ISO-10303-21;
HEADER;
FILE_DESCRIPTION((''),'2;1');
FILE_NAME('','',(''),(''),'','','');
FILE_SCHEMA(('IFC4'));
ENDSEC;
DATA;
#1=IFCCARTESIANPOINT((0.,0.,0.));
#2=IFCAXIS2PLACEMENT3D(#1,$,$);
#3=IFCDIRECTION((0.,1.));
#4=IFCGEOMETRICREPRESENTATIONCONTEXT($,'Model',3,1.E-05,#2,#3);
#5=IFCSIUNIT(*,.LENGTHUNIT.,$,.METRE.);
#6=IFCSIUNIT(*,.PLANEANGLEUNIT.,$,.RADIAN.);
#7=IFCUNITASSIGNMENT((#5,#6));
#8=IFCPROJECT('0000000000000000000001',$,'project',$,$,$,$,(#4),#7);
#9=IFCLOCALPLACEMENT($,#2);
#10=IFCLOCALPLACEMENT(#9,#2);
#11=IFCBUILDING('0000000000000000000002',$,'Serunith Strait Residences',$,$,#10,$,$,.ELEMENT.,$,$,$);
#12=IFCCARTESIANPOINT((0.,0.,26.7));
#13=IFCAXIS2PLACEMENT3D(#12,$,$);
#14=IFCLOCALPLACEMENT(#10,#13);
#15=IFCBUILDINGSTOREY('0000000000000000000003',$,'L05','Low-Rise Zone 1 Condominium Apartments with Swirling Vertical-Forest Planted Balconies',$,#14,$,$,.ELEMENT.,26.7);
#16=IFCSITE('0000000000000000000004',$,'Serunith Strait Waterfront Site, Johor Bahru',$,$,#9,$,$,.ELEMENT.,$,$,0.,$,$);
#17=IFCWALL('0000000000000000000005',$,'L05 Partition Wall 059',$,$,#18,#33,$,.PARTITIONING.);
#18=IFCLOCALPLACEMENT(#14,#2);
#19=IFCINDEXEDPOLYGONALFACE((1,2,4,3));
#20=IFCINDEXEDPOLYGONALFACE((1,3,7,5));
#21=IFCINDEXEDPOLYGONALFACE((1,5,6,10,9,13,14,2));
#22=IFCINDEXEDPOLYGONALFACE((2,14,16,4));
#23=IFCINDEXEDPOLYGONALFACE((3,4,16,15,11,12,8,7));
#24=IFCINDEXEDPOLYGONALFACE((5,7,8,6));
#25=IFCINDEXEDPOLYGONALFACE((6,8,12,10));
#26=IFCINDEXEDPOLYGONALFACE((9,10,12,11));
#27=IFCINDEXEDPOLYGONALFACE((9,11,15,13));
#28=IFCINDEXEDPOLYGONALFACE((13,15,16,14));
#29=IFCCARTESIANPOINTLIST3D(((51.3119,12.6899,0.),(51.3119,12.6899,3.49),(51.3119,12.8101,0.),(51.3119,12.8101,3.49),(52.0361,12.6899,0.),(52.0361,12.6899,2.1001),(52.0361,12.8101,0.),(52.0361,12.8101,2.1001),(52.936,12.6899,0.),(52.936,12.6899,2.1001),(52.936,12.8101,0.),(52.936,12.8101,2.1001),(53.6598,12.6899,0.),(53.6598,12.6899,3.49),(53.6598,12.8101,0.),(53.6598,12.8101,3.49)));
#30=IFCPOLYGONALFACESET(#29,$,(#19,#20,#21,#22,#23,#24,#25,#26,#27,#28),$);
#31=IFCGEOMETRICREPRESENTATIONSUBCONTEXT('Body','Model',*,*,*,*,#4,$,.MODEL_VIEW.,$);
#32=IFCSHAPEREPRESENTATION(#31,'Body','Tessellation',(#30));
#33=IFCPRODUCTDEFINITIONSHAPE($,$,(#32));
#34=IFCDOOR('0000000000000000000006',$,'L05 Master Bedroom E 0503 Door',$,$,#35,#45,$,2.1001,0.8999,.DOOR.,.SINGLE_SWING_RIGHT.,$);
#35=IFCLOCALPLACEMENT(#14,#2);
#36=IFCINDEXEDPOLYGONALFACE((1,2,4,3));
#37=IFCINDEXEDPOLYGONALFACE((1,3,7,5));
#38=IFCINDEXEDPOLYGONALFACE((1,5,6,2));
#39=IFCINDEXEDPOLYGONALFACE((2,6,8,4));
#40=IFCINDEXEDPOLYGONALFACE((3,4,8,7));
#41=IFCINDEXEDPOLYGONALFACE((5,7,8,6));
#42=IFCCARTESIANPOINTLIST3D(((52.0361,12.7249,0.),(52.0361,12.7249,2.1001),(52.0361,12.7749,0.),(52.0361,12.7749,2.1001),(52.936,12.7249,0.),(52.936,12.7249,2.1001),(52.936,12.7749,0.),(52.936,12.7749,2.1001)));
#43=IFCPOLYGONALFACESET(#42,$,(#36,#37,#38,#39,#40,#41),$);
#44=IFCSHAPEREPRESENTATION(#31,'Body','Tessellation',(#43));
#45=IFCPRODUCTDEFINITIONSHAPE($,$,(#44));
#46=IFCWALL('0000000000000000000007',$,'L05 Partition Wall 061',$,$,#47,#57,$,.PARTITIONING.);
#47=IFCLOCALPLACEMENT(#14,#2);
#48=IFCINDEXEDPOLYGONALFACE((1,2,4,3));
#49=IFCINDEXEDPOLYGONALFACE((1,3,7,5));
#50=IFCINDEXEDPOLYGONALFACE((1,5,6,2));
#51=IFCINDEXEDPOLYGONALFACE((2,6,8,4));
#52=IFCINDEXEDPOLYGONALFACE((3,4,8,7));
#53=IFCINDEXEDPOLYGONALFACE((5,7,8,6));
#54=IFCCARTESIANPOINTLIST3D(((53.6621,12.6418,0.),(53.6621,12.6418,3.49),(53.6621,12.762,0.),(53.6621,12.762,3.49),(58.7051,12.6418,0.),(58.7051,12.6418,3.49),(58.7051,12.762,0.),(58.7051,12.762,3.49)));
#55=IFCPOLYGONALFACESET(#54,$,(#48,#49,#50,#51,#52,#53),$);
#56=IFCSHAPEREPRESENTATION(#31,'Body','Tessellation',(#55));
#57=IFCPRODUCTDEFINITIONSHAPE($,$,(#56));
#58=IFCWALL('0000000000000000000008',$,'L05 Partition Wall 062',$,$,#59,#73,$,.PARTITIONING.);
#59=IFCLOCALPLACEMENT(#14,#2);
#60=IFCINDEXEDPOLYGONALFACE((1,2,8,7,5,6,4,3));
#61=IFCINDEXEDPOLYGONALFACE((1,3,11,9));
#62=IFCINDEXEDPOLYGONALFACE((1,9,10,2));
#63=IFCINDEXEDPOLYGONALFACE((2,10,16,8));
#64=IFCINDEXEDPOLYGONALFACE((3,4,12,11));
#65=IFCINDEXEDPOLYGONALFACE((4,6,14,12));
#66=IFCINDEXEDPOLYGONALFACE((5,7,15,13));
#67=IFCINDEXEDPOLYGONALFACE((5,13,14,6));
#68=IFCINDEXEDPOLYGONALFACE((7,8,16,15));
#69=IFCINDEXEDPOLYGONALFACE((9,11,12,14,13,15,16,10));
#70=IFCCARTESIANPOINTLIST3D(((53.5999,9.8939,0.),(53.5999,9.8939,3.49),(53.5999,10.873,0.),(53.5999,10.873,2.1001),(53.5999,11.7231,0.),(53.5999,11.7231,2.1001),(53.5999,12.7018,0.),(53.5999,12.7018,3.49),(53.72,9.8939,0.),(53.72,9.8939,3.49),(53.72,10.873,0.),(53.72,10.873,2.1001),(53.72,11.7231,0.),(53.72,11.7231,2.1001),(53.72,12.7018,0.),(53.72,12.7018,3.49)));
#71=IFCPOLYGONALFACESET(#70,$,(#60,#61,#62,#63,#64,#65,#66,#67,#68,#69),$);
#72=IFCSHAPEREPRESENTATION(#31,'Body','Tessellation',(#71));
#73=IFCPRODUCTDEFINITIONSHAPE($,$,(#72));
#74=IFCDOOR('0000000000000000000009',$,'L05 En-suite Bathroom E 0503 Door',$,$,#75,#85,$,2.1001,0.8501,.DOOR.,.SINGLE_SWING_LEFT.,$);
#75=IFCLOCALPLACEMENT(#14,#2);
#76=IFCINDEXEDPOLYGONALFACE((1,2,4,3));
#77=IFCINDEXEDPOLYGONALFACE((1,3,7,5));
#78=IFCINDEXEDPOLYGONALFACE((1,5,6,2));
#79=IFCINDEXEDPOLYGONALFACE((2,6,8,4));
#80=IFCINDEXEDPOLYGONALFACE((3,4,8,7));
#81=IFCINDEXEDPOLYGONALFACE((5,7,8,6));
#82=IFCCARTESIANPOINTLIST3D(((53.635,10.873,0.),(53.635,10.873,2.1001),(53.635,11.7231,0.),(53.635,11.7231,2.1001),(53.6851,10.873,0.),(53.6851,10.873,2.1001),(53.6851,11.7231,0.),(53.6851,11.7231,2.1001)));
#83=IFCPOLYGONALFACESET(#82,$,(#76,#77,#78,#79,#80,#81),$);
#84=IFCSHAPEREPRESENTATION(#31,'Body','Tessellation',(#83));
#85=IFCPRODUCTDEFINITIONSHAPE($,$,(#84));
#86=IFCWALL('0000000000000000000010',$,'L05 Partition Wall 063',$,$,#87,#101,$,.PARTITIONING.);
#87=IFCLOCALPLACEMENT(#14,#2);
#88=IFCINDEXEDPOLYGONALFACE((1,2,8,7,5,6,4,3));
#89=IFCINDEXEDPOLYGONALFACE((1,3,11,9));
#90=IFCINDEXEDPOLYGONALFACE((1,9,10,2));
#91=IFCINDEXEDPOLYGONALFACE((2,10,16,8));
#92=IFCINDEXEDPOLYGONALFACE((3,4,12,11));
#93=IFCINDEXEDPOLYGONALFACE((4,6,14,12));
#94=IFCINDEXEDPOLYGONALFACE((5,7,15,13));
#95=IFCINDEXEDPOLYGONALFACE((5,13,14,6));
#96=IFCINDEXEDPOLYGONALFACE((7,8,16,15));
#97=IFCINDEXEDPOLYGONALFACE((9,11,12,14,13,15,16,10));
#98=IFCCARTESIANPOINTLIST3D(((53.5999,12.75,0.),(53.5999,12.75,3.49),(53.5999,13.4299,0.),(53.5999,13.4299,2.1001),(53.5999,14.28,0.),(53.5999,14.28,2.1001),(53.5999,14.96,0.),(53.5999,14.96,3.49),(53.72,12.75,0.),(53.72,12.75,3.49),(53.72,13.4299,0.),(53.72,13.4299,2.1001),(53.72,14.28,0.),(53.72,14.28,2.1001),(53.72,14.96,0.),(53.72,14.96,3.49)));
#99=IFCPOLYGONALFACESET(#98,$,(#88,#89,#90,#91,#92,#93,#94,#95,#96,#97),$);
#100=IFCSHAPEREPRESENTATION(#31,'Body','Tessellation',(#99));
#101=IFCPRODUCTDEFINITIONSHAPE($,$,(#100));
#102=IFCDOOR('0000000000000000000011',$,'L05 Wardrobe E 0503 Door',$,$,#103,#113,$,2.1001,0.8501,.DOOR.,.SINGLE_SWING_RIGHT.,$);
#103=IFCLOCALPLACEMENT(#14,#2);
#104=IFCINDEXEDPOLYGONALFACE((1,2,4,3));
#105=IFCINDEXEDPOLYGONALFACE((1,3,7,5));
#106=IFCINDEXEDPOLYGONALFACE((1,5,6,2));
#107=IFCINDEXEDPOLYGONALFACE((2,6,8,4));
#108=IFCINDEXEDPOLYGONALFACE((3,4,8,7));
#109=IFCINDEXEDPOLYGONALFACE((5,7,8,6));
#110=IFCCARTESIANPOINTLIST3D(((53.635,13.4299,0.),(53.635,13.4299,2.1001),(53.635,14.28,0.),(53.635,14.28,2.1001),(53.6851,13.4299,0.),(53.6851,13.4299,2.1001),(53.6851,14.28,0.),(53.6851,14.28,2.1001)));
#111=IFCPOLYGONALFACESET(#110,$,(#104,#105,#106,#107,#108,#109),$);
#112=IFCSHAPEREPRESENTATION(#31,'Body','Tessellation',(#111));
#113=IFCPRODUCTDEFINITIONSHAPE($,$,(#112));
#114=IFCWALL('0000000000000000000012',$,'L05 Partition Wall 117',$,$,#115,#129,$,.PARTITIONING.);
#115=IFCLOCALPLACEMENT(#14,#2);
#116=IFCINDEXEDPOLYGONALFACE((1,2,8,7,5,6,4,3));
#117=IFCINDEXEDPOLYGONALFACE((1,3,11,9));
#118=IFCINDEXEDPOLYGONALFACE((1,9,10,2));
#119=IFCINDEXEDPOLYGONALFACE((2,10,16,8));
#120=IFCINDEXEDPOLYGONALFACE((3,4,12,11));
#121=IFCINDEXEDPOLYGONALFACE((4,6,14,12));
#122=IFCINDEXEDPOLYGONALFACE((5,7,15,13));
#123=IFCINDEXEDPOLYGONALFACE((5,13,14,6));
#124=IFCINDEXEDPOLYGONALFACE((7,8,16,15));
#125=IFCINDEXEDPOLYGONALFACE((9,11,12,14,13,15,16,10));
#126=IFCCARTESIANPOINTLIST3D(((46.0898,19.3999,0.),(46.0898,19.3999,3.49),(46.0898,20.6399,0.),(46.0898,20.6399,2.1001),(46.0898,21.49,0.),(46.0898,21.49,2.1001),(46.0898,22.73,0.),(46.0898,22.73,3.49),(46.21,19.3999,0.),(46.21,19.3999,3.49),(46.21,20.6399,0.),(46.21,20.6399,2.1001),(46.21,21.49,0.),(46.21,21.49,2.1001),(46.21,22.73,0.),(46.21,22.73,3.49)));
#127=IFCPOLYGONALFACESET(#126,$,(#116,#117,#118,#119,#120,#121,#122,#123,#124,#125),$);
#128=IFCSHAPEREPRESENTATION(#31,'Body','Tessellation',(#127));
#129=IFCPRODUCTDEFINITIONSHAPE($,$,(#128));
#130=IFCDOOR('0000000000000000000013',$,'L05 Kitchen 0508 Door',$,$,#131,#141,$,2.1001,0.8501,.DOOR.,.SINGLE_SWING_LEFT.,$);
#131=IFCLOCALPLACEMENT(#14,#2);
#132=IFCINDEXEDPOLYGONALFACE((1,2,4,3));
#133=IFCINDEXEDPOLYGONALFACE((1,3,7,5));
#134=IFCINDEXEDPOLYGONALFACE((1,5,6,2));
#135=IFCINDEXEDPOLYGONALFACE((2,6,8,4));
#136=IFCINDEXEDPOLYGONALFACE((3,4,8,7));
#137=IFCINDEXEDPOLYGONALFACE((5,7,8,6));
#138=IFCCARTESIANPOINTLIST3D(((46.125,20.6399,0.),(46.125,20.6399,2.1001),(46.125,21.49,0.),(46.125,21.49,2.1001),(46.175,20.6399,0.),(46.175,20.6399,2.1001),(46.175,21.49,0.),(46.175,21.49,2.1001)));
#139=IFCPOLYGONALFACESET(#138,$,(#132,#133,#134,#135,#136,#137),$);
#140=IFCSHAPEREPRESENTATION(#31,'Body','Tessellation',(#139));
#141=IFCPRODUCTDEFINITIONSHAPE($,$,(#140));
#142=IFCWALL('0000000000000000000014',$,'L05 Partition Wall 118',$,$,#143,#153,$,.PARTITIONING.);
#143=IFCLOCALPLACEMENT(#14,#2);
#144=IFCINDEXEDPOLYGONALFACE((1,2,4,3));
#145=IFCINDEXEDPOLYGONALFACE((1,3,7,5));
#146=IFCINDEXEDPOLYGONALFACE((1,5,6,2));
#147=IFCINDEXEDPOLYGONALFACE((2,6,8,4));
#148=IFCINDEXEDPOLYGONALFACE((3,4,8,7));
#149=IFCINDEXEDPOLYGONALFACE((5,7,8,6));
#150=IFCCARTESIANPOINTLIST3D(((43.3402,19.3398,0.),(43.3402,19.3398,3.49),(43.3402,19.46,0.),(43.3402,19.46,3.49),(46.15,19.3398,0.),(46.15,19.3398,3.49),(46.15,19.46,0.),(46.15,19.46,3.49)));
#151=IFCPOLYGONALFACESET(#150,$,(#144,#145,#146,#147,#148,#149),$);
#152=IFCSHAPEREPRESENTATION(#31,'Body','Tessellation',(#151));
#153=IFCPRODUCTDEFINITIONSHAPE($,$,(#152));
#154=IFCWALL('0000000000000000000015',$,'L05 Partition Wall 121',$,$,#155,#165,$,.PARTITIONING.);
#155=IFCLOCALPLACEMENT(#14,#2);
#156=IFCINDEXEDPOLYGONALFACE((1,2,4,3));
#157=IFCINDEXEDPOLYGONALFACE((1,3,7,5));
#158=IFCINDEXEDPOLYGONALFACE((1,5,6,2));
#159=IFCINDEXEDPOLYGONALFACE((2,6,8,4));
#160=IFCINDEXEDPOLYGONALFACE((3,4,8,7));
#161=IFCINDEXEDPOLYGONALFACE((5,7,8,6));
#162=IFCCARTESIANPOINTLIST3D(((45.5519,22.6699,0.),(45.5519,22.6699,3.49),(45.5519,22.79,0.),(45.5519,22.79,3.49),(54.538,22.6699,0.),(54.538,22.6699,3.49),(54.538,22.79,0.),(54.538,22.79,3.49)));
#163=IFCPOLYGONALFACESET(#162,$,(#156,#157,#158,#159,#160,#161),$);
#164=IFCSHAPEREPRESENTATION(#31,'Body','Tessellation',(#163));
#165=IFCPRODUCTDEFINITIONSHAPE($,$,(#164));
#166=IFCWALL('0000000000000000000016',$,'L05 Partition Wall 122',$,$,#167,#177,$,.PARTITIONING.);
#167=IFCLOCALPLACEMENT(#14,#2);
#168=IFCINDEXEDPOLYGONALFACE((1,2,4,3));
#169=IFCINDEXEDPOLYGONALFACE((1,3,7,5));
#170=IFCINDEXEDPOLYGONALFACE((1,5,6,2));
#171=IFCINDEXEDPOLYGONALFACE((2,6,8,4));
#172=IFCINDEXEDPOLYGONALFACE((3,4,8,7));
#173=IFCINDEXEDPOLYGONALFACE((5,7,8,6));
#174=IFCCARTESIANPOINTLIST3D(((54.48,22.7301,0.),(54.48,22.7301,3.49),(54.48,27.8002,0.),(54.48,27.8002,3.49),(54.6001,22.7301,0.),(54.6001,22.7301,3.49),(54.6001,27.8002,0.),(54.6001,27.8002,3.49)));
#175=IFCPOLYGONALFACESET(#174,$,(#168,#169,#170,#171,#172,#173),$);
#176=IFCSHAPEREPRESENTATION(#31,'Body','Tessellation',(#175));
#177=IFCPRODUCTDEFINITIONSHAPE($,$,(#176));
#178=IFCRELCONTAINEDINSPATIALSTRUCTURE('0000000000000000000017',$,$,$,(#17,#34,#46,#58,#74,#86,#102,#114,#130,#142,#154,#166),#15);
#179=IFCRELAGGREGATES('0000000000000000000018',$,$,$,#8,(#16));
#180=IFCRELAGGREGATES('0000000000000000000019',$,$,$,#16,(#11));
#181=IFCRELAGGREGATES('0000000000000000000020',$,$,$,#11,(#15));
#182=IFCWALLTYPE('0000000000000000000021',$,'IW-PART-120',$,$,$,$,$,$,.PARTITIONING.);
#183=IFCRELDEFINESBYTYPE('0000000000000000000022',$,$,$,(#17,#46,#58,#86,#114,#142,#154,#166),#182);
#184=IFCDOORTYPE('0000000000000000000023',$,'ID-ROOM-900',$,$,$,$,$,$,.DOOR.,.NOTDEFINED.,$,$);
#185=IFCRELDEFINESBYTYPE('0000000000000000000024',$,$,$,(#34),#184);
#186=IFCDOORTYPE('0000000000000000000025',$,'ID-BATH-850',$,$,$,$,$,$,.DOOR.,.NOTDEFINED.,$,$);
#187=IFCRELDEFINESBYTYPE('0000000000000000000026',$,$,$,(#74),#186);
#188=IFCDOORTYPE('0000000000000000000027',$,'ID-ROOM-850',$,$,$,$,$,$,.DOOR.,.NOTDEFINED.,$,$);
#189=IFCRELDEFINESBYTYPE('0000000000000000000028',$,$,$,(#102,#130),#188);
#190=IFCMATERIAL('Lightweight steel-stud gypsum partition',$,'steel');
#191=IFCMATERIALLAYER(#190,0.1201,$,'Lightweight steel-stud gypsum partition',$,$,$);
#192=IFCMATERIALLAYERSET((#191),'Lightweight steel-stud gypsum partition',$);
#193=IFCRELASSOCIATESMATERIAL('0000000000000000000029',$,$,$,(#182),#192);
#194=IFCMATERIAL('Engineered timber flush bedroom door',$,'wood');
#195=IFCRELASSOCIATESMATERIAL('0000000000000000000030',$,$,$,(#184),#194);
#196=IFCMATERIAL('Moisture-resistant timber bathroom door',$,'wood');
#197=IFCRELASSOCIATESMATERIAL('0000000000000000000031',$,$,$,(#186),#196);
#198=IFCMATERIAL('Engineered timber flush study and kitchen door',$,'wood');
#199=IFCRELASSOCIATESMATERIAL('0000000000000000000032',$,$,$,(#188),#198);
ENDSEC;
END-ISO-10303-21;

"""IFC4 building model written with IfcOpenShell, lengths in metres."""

from ifc_helpers import new_model, si_unit, direction, frame, frame_2d, origin, place, context, subcontext, project, spatial, rectangle, extrude, source, transform, mapped, material, layer, layer_set, type_object, element, fill, save


model = new_model("IFC4")

# Units and contexts
model_context = context("Model", 3, precision=1e-05, world=origin(), true_north=direction((0.0, 1.0)))
body_context = subcontext(model_context, "Body", "Model", "MODEL_VIEW")
ifc_project = project(units=[si_unit("LENGTHUNIT", "METRE"), si_unit("PLANEANGLEUNIT", "RADIAN")], contexts=[model_context])

# Site, building, storey
site_placement = place(None, origin())
site = spatial("IfcSite", under=ifc_project, at=site_placement, Name="Serunith Strait Waterfront Site, Johor Bahru", CompositionType="ELEMENT", RefElevation=0.0)
building_placement = place(site_placement, origin())
building = spatial("IfcBuilding", under=site, at=building_placement, Name="Serunith Strait Residences", CompositionType="ELEMENT")
storey_placement = place(building_placement, frame((0.0, 0.0, 26.7)))
storey = spatial("IfcBuildingStorey", under=building, at=storey_placement, Name="L05", Description="Low-Rise Zone 1 Condominium Apartments with Swirling Vertical-Forest Planted Balconies", CompositionType="ELEMENT", Elevation=26.7)

# Wall, opening, door
ifc_material_1 = material(Name="Lightweight steel-stud gypsum partition", Category="steel")
ifc_layer = layer(ifc_material_1, 0.1201, Name="Lightweight steel-stud gypsum partition")
ifc_layer_set = layer_set([ifc_layer], Name="Lightweight steel-stud gypsum partition")
wall_type = type_object("IfcWallType", Name="IW-PART-120", PredefinedType="PARTITIONING", material=ifc_layer_set)
ifc_material_2 = material(Name="Engineered timber flush bedroom door", Category="wood")
door_type_1 = type_object("IfcDoorType", Name="ID-ROOM-900", OperationType="NOTDEFINED", PredefinedType="DOOR", material=ifc_material_2)
shared_shape_1 = source(origin(), body_context, "Body", "SweptSolid", [
    extrude(rectangle(XDim=0.8999, YDim=2.1001, at=frame_2d((0.45, 1.05))), frame((0.0, 0.0249, 0.0), z_axis=(0.0, -1.0, 0.0), x_axis=(1.0, 0.0, 0.0)), (0.0, 0.0, 1.0), 0.05),
])
ifc_material_3 = material(Name="Moisture-resistant timber bathroom door", Category="wood")
door_type_2 = type_object("IfcDoorType", Name="ID-BATH-850", OperationType="NOTDEFINED", PredefinedType="DOOR", material=ifc_material_3)
shared_shape_2 = source(origin(), body_context, "Body", "SweptSolid", [
    extrude(rectangle(XDim=0.8501, YDim=2.1001, at=frame_2d((0.425, 1.05))), frame((0.0, 0.0249, 0.0), z_axis=(0.0, -1.0, 0.0), x_axis=(1.0, 0.0, 0.0)), (0.0, 0.0, 1.0), 0.05),
])
ifc_material_4 = material(Name="Engineered timber flush study and kitchen door", Category="wood")
door_type_3 = type_object("IfcDoorType", Name="ID-ROOM-850", OperationType="NOTDEFINED", PredefinedType="DOOR", material=ifc_material_4)
wall_1_placement = place(storey_placement, frame((51.312, 12.75, 0.0), z_axis=(0.0, 0.0, 1.0), x_axis=(1.0, 0.0, 0.0)))
wall_1 = element("IfcWall", 1, at=wall_1_placement, inside=storey, type_object=wall_type, Name="L05 Partition Wall 059", PredefinedType="PARTITIONING", context=body_context, shape_type="SweptSolid", body=[
    extrude(rectangle(XDim=2.3479, YDim=0.1201, at=frame_2d((1.1738, 0.0))), origin(), (0.0, 0.0, 1.0), 3.49),
])
opening_1_placement = place(wall_1_placement, frame((0.7241, 0.0, 0.0)))
opening_1 = element("IfcOpeningElement", 2, at=opening_1_placement, cuts=wall_1, PredefinedType="OPENING", context=body_context, shape_type="SweptSolid", body=[
    extrude(rectangle(XDim=0.8999, YDim=2.1001, at=frame_2d((0.45, 1.05))), frame((0.0, 0.0701, 0.0), z_axis=(0.0, -1.0, 0.0), x_axis=(1.0, 0.0, 0.0)), (0.0, 0.0, 1.0), 0.1401),
])
door_1_placement = place(opening_1_placement, origin())
door_1 = element("IfcDoor", 3, at=door_1_placement, inside=storey, type_object=door_type_1, Name="L05 Master Bedroom E 0503 Door", OperationType="SINGLE_SWING_RIGHT", OverallHeight=2.1001, OverallWidth=0.8999, PredefinedType="DOOR", context=body_context, shape_type="MappedRepresentation", body=[
    mapped(shared_shape_1, transform((0.0, 0.0, 0.0), scale=1.0)),
])
fill(opening_1, door_1)

# Wall
wall_2_placement = place(storey_placement, frame((53.6621, 12.7019, 0.0), z_axis=(0.0, 0.0, 1.0), x_axis=(1.0, 0.0, 0.0)))
element("IfcWall", 4, at=wall_2_placement, inside=storey, type_object=wall_type, Name="L05 Partition Wall 061", PredefinedType="PARTITIONING", context=body_context, shape_type="SweptSolid", body=[
    extrude(rectangle(XDim=5.043, YDim=0.1201, at=frame_2d((2.5215, 0.0))), origin(), (0.0, 0.0, 1.0), 3.49),
])

# Walls, openings, doors
wall_3_placement = place(storey_placement, frame((53.6599, 9.894, 0.0), z_axis=(0.0, 0.0, 1.0), x_axis=(0.0, 1.0, 0.0)))
wall_3 = element("IfcWall", 5, at=wall_3_placement, inside=storey, type_object=wall_type, Name="L05 Partition Wall 062", PredefinedType="PARTITIONING", context=body_context, shape_type="SweptSolid", body=[
    extrude(rectangle(XDim=2.8079, YDim=0.1201, at=frame_2d((1.4038, 0.0))), origin(), (0.0, 0.0, 1.0), 3.49),
])
opening_2_placement = place(wall_3_placement, frame((0.979, 0.0, 0.0)))
opening_2 = element("IfcOpeningElement", 6, at=opening_2_placement, cuts=wall_3, PredefinedType="OPENING", context=body_context, shape_type="SweptSolid", body=[
    extrude(rectangle(XDim=0.8501, YDim=2.1001, at=frame_2d((0.425, 1.05))), frame((0.0, 0.0701, 0.0), z_axis=(0.0, -1.0, 0.0), x_axis=(1.0, 0.0, 0.0)), (0.0, 0.0, 1.0), 0.1401),
])
door_2_placement = place(opening_2_placement, origin())
door_2 = element("IfcDoor", 7, at=door_2_placement, inside=storey, type_object=door_type_2, Name="L05 En-suite Bathroom E 0503 Door", OperationType="SINGLE_SWING_LEFT", OverallHeight=2.1001, OverallWidth=0.8501, PredefinedType="DOOR", context=body_context, shape_type="MappedRepresentation", body=[
    mapped(shared_shape_2, transform((0.0, 0.0, 0.0), scale=1.0)),
])
fill(opening_2, door_2)
wall_4_placement = place(storey_placement, frame((53.6599, 12.75, 0.0), z_axis=(0.0, 0.0, 1.0), x_axis=(0.0, 1.0, 0.0)))
wall_4 = element("IfcWall", 8, at=wall_4_placement, inside=storey, type_object=wall_type, Name="L05 Partition Wall 063", PredefinedType="PARTITIONING", context=body_context, shape_type="SweptSolid", body=[
    extrude(rectangle(XDim=2.21, YDim=0.1201, at=frame_2d((1.105, 0.0))), origin(), (0.0, 0.0, 1.0), 3.49),
])
opening_3_placement = place(wall_4_placement, frame((0.6799, 0.0, 0.0)))
opening_3 = element("IfcOpeningElement", 9, at=opening_3_placement, cuts=wall_4, PredefinedType="OPENING", context=body_context, shape_type="SweptSolid", body=[
    extrude(rectangle(XDim=0.8501, YDim=2.1001, at=frame_2d((0.425, 1.05))), frame((0.0, 0.0701, 0.0), z_axis=(0.0, -1.0, 0.0), x_axis=(1.0, 0.0, 0.0)), (0.0, 0.0, 1.0), 0.1401),
])
door_3_placement = place(opening_3_placement, origin())
door_3 = element("IfcDoor", 10, at=door_3_placement, inside=storey, type_object=door_type_3, Name="L05 Wardrobe E 0503 Door", OperationType="SINGLE_SWING_RIGHT", OverallHeight=2.1001, OverallWidth=0.8501, PredefinedType="DOOR", context=body_context, shape_type="MappedRepresentation", body=[
    mapped(shared_shape_2, transform((0.0, 0.0, 0.0), scale=1.0)),
])
fill(opening_3, door_3)
wall_5_placement = place(storey_placement, frame((46.1499, 19.3999, 0.0), z_axis=(0.0, 0.0, 1.0), x_axis=(0.0, 1.0, 0.0)))
wall_5 = element("IfcWall", 11, at=wall_5_placement, inside=storey, type_object=wall_type, Name="L05 Partition Wall 117", PredefinedType="PARTITIONING", context=body_context, shape_type="SweptSolid", body=[
    extrude(rectangle(XDim=3.3301, YDim=0.1201, at=frame_2d((1.665, 0.0))), origin(), (0.0, 0.0, 1.0), 3.49),
])
opening_4_placement = place(wall_5_placement, frame((1.24, 0.0, 0.0)))
opening_4 = element("IfcOpeningElement", 12, at=opening_4_placement, cuts=wall_5, PredefinedType="OPENING", context=body_context, shape_type="SweptSolid", body=[
    extrude(rectangle(XDim=0.8501, YDim=2.1001, at=frame_2d((0.425, 1.05))), frame((0.0, 0.0701, 0.0), z_axis=(0.0, -1.0, 0.0), x_axis=(1.0, 0.0, 0.0)), (0.0, 0.0, 1.0), 0.1401),
])
door_4_placement = place(opening_4_placement, origin())
door_4 = element("IfcDoor", 13, at=door_4_placement, inside=storey, type_object=door_type_3, Name="L05 Kitchen 0508 Door", OperationType="SINGLE_SWING_LEFT", OverallHeight=2.1001, OverallWidth=0.8501, PredefinedType="DOOR", context=body_context, shape_type="MappedRepresentation", body=[
    mapped(shared_shape_2, transform((0.0, 0.0, 0.0), scale=1.0)),
])
fill(opening_4, door_4)

# Walls
wall_6_placement = place(storey_placement, frame((46.1499, 19.3999, 0.0), z_axis=(0.0, 0.0, 1.0), x_axis=(-1.0, 0.0, 0.0)))
element("IfcWall", 14, at=wall_6_placement, inside=storey, type_object=wall_type, Name="L05 Partition Wall 118", PredefinedType="PARTITIONING", context=body_context, shape_type="SweptSolid", body=[
    extrude(rectangle(XDim=2.8098, YDim=0.1201, at=frame_2d((1.4048, 0.0))), origin(), (0.0, 0.0, 1.0), 3.49),
])
wall_7_placement = place(storey_placement, frame((54.5381, 22.73, 0.0), z_axis=(0.0, 0.0, 1.0), x_axis=(-1.0, 0.0, 0.0)))
element("IfcWall", 15, at=wall_7_placement, inside=storey, type_object=wall_type, Name="L05 Partition Wall 121", PredefinedType="PARTITIONING", context=body_context, shape_type="SweptSolid", body=[
    extrude(rectangle(XDim=8.9861, YDim=0.1201, at=frame_2d((4.4932, 0.0))), origin(), (0.0, 0.0, 1.0), 3.49),
])
wall_8_placement = place(storey_placement, frame((54.54, 22.73, 0.0), z_axis=(0.0, 0.0, 1.0), x_axis=(0.0, 1.0, 0.0)))
element("IfcWall", 16, at=wall_8_placement, inside=storey, type_object=wall_type, Name="L05 Partition Wall 122", PredefinedType="PARTITIONING", context=body_context, shape_type="SweptSolid", body=[
    extrude(rectangle(XDim=5.0701, YDim=0.1201, at=frame_2d((2.5352, 0.0))), origin(), (0.0, 0.0, 1.0), 3.49),
])

save(model, "model.ifc")
